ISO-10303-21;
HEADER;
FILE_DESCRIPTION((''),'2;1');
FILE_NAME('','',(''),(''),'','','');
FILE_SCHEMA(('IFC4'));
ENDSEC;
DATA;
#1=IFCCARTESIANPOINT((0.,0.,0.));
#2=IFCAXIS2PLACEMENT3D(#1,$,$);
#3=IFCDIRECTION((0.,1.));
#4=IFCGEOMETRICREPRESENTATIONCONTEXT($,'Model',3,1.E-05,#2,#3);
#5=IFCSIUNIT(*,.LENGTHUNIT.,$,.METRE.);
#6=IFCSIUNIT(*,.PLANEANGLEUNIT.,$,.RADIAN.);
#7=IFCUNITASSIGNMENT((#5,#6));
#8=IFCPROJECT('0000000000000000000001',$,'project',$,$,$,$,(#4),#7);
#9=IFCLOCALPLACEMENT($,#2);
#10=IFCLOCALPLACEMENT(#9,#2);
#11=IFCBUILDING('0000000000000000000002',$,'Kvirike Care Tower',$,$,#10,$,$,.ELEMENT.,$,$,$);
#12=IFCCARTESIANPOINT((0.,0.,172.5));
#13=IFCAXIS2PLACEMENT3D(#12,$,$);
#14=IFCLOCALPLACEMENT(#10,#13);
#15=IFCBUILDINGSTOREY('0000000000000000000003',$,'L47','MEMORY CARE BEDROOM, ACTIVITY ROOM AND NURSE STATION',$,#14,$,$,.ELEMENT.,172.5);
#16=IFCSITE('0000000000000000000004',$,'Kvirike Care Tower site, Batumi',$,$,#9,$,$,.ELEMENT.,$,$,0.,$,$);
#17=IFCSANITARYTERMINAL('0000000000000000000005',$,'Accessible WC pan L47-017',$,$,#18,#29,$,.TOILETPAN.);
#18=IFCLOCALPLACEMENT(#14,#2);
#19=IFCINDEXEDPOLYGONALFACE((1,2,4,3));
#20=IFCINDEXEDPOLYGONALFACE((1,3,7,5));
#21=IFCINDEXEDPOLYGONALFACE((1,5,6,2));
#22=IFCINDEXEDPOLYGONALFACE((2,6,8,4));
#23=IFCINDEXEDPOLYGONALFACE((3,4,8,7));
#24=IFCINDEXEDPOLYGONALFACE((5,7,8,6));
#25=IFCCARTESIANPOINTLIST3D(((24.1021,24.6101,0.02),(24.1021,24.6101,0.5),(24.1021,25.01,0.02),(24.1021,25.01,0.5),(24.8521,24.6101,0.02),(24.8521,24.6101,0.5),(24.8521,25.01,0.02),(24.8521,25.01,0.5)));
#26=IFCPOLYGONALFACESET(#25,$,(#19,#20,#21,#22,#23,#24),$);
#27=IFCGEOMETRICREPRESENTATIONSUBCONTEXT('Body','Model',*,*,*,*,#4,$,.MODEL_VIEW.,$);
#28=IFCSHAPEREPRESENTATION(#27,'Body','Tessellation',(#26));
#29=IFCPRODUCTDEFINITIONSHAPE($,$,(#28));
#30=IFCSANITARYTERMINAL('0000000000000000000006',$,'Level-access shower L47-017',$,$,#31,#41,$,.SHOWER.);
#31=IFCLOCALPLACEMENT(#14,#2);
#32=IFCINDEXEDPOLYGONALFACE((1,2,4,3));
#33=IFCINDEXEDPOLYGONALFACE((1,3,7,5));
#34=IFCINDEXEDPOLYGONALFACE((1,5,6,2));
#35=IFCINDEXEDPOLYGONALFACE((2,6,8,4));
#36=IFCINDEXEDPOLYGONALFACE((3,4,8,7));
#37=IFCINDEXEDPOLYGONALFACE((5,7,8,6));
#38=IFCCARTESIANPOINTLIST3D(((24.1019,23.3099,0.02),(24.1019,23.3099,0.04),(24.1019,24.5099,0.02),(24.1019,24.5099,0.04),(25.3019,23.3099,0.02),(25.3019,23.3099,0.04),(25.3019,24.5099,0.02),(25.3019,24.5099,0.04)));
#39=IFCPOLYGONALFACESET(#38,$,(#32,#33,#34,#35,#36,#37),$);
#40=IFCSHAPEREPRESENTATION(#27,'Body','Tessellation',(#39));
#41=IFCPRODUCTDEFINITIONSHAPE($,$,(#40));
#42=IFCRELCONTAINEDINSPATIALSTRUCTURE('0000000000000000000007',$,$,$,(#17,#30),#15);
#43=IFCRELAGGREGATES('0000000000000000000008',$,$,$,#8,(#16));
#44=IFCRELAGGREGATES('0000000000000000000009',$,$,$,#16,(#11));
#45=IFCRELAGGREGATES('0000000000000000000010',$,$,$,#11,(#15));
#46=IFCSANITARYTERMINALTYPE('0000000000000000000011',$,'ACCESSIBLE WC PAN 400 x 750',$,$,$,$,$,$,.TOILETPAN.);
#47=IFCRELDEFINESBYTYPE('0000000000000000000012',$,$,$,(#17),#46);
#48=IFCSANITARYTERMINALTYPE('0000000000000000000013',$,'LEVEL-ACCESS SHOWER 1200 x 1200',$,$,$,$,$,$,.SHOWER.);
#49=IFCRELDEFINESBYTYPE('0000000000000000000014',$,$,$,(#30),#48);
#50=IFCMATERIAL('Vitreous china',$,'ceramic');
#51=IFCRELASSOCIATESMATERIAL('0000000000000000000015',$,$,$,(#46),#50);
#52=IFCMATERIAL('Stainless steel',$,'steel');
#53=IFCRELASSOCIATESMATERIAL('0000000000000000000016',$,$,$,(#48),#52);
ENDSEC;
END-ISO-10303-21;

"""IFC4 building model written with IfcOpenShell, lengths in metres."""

from ifc_helpers import new_model, si_unit, direction, frame, origin, origin_2d, place, context, subcontext, project, spatial, rectangle, extrude, material, type_object, element, save


model = new_model("IFC4")

# Units and contexts
model_context = context("Model", 3, precision=1e-05, world=origin(), true_north=direction((0.0, 1.0)))
body_context = subcontext(model_context, "Body", "Model", "MODEL_VIEW")
ifc_project = project(units=[si_unit("LENGTHUNIT", "METRE"), si_unit("PLANEANGLEUNIT", "RADIAN")], contexts=[model_context])

# Site, building, storey
site_placement = place(None, origin())
site = spatial("IfcSite", under=ifc_project, at=site_placement, Name="Kvirike Care Tower site, Batumi", CompositionType="ELEMENT", RefElevation=0.0)
building_placement = place(site_placement, origin())
building = spatial("IfcBuilding", under=site, at=building_placement, Name="Kvirike Care Tower", CompositionType="ELEMENT")
storey_placement = place(building_placement, frame((0.0, 0.0, 172.5)))
storey = spatial("IfcBuildingStorey", under=building, at=storey_placement, Name="L47", Description="MEMORY CARE BEDROOM, ACTIVITY ROOM AND NURSE STATION", CompositionType="ELEMENT", Elevation=172.5)

# Sanitary terminals
ifc_material_1 = material(Name="Vitreous china", Category="ceramic")
sanitary_terminal_type_1 = type_object("IfcSanitaryTerminalType", Name="ACCESSIBLE WC PAN 400 x 750", PredefinedType="TOILETPAN", material=ifc_material_1)
sanitary_terminal_1_placement = place(storey_placement, frame((24.4771, 24.8101, 0.02), z_axis=(0.0, 0.0, 1.0), x_axis=(0.0, 1.0, 0.0)))
element("IfcSanitaryTerminal", 1, at=sanitary_terminal_1_placement, inside=storey, type_object=sanitary_terminal_type_1, Name="Accessible WC pan L47-017", PredefinedType="TOILETPAN", context=body_context, shape_type="SweptSolid", body=[
    extrude(rectangle(XDim=0.3999, YDim=0.75, at=origin_2d()), origin(), (0.0, 0.0, 1.0), 0.48),
])
ifc_material_2 = material(Name="Stainless steel", Category="steel")
sanitary_terminal_type_2 = type_object("IfcSanitaryTerminalType", Name="LEVEL-ACCESS SHOWER 1200 x 1200", PredefinedType="SHOWER", material=ifc_material_2)
sanitary_terminal_2_placement = place(storey_placement, frame((24.7019, 23.9099, 0.02), z_axis=(0.0, 0.0, 1.0), x_axis=(0.0, 1.0, 0.0)))
element("IfcSanitaryTerminal", 2, at=sanitary_terminal_2_placement, inside=storey, type_object=sanitary_terminal_type_2, Name="Level-access shower L47-017", PredefinedType="SHOWER", context=body_context, shape_type="SweptSolid", body=[
    extrude(rectangle(XDim=1.2, YDim=1.2, at=origin_2d()), origin(), (0.0, 0.0, 1.0), 0.02),
])

save(model, "model.ifc")
